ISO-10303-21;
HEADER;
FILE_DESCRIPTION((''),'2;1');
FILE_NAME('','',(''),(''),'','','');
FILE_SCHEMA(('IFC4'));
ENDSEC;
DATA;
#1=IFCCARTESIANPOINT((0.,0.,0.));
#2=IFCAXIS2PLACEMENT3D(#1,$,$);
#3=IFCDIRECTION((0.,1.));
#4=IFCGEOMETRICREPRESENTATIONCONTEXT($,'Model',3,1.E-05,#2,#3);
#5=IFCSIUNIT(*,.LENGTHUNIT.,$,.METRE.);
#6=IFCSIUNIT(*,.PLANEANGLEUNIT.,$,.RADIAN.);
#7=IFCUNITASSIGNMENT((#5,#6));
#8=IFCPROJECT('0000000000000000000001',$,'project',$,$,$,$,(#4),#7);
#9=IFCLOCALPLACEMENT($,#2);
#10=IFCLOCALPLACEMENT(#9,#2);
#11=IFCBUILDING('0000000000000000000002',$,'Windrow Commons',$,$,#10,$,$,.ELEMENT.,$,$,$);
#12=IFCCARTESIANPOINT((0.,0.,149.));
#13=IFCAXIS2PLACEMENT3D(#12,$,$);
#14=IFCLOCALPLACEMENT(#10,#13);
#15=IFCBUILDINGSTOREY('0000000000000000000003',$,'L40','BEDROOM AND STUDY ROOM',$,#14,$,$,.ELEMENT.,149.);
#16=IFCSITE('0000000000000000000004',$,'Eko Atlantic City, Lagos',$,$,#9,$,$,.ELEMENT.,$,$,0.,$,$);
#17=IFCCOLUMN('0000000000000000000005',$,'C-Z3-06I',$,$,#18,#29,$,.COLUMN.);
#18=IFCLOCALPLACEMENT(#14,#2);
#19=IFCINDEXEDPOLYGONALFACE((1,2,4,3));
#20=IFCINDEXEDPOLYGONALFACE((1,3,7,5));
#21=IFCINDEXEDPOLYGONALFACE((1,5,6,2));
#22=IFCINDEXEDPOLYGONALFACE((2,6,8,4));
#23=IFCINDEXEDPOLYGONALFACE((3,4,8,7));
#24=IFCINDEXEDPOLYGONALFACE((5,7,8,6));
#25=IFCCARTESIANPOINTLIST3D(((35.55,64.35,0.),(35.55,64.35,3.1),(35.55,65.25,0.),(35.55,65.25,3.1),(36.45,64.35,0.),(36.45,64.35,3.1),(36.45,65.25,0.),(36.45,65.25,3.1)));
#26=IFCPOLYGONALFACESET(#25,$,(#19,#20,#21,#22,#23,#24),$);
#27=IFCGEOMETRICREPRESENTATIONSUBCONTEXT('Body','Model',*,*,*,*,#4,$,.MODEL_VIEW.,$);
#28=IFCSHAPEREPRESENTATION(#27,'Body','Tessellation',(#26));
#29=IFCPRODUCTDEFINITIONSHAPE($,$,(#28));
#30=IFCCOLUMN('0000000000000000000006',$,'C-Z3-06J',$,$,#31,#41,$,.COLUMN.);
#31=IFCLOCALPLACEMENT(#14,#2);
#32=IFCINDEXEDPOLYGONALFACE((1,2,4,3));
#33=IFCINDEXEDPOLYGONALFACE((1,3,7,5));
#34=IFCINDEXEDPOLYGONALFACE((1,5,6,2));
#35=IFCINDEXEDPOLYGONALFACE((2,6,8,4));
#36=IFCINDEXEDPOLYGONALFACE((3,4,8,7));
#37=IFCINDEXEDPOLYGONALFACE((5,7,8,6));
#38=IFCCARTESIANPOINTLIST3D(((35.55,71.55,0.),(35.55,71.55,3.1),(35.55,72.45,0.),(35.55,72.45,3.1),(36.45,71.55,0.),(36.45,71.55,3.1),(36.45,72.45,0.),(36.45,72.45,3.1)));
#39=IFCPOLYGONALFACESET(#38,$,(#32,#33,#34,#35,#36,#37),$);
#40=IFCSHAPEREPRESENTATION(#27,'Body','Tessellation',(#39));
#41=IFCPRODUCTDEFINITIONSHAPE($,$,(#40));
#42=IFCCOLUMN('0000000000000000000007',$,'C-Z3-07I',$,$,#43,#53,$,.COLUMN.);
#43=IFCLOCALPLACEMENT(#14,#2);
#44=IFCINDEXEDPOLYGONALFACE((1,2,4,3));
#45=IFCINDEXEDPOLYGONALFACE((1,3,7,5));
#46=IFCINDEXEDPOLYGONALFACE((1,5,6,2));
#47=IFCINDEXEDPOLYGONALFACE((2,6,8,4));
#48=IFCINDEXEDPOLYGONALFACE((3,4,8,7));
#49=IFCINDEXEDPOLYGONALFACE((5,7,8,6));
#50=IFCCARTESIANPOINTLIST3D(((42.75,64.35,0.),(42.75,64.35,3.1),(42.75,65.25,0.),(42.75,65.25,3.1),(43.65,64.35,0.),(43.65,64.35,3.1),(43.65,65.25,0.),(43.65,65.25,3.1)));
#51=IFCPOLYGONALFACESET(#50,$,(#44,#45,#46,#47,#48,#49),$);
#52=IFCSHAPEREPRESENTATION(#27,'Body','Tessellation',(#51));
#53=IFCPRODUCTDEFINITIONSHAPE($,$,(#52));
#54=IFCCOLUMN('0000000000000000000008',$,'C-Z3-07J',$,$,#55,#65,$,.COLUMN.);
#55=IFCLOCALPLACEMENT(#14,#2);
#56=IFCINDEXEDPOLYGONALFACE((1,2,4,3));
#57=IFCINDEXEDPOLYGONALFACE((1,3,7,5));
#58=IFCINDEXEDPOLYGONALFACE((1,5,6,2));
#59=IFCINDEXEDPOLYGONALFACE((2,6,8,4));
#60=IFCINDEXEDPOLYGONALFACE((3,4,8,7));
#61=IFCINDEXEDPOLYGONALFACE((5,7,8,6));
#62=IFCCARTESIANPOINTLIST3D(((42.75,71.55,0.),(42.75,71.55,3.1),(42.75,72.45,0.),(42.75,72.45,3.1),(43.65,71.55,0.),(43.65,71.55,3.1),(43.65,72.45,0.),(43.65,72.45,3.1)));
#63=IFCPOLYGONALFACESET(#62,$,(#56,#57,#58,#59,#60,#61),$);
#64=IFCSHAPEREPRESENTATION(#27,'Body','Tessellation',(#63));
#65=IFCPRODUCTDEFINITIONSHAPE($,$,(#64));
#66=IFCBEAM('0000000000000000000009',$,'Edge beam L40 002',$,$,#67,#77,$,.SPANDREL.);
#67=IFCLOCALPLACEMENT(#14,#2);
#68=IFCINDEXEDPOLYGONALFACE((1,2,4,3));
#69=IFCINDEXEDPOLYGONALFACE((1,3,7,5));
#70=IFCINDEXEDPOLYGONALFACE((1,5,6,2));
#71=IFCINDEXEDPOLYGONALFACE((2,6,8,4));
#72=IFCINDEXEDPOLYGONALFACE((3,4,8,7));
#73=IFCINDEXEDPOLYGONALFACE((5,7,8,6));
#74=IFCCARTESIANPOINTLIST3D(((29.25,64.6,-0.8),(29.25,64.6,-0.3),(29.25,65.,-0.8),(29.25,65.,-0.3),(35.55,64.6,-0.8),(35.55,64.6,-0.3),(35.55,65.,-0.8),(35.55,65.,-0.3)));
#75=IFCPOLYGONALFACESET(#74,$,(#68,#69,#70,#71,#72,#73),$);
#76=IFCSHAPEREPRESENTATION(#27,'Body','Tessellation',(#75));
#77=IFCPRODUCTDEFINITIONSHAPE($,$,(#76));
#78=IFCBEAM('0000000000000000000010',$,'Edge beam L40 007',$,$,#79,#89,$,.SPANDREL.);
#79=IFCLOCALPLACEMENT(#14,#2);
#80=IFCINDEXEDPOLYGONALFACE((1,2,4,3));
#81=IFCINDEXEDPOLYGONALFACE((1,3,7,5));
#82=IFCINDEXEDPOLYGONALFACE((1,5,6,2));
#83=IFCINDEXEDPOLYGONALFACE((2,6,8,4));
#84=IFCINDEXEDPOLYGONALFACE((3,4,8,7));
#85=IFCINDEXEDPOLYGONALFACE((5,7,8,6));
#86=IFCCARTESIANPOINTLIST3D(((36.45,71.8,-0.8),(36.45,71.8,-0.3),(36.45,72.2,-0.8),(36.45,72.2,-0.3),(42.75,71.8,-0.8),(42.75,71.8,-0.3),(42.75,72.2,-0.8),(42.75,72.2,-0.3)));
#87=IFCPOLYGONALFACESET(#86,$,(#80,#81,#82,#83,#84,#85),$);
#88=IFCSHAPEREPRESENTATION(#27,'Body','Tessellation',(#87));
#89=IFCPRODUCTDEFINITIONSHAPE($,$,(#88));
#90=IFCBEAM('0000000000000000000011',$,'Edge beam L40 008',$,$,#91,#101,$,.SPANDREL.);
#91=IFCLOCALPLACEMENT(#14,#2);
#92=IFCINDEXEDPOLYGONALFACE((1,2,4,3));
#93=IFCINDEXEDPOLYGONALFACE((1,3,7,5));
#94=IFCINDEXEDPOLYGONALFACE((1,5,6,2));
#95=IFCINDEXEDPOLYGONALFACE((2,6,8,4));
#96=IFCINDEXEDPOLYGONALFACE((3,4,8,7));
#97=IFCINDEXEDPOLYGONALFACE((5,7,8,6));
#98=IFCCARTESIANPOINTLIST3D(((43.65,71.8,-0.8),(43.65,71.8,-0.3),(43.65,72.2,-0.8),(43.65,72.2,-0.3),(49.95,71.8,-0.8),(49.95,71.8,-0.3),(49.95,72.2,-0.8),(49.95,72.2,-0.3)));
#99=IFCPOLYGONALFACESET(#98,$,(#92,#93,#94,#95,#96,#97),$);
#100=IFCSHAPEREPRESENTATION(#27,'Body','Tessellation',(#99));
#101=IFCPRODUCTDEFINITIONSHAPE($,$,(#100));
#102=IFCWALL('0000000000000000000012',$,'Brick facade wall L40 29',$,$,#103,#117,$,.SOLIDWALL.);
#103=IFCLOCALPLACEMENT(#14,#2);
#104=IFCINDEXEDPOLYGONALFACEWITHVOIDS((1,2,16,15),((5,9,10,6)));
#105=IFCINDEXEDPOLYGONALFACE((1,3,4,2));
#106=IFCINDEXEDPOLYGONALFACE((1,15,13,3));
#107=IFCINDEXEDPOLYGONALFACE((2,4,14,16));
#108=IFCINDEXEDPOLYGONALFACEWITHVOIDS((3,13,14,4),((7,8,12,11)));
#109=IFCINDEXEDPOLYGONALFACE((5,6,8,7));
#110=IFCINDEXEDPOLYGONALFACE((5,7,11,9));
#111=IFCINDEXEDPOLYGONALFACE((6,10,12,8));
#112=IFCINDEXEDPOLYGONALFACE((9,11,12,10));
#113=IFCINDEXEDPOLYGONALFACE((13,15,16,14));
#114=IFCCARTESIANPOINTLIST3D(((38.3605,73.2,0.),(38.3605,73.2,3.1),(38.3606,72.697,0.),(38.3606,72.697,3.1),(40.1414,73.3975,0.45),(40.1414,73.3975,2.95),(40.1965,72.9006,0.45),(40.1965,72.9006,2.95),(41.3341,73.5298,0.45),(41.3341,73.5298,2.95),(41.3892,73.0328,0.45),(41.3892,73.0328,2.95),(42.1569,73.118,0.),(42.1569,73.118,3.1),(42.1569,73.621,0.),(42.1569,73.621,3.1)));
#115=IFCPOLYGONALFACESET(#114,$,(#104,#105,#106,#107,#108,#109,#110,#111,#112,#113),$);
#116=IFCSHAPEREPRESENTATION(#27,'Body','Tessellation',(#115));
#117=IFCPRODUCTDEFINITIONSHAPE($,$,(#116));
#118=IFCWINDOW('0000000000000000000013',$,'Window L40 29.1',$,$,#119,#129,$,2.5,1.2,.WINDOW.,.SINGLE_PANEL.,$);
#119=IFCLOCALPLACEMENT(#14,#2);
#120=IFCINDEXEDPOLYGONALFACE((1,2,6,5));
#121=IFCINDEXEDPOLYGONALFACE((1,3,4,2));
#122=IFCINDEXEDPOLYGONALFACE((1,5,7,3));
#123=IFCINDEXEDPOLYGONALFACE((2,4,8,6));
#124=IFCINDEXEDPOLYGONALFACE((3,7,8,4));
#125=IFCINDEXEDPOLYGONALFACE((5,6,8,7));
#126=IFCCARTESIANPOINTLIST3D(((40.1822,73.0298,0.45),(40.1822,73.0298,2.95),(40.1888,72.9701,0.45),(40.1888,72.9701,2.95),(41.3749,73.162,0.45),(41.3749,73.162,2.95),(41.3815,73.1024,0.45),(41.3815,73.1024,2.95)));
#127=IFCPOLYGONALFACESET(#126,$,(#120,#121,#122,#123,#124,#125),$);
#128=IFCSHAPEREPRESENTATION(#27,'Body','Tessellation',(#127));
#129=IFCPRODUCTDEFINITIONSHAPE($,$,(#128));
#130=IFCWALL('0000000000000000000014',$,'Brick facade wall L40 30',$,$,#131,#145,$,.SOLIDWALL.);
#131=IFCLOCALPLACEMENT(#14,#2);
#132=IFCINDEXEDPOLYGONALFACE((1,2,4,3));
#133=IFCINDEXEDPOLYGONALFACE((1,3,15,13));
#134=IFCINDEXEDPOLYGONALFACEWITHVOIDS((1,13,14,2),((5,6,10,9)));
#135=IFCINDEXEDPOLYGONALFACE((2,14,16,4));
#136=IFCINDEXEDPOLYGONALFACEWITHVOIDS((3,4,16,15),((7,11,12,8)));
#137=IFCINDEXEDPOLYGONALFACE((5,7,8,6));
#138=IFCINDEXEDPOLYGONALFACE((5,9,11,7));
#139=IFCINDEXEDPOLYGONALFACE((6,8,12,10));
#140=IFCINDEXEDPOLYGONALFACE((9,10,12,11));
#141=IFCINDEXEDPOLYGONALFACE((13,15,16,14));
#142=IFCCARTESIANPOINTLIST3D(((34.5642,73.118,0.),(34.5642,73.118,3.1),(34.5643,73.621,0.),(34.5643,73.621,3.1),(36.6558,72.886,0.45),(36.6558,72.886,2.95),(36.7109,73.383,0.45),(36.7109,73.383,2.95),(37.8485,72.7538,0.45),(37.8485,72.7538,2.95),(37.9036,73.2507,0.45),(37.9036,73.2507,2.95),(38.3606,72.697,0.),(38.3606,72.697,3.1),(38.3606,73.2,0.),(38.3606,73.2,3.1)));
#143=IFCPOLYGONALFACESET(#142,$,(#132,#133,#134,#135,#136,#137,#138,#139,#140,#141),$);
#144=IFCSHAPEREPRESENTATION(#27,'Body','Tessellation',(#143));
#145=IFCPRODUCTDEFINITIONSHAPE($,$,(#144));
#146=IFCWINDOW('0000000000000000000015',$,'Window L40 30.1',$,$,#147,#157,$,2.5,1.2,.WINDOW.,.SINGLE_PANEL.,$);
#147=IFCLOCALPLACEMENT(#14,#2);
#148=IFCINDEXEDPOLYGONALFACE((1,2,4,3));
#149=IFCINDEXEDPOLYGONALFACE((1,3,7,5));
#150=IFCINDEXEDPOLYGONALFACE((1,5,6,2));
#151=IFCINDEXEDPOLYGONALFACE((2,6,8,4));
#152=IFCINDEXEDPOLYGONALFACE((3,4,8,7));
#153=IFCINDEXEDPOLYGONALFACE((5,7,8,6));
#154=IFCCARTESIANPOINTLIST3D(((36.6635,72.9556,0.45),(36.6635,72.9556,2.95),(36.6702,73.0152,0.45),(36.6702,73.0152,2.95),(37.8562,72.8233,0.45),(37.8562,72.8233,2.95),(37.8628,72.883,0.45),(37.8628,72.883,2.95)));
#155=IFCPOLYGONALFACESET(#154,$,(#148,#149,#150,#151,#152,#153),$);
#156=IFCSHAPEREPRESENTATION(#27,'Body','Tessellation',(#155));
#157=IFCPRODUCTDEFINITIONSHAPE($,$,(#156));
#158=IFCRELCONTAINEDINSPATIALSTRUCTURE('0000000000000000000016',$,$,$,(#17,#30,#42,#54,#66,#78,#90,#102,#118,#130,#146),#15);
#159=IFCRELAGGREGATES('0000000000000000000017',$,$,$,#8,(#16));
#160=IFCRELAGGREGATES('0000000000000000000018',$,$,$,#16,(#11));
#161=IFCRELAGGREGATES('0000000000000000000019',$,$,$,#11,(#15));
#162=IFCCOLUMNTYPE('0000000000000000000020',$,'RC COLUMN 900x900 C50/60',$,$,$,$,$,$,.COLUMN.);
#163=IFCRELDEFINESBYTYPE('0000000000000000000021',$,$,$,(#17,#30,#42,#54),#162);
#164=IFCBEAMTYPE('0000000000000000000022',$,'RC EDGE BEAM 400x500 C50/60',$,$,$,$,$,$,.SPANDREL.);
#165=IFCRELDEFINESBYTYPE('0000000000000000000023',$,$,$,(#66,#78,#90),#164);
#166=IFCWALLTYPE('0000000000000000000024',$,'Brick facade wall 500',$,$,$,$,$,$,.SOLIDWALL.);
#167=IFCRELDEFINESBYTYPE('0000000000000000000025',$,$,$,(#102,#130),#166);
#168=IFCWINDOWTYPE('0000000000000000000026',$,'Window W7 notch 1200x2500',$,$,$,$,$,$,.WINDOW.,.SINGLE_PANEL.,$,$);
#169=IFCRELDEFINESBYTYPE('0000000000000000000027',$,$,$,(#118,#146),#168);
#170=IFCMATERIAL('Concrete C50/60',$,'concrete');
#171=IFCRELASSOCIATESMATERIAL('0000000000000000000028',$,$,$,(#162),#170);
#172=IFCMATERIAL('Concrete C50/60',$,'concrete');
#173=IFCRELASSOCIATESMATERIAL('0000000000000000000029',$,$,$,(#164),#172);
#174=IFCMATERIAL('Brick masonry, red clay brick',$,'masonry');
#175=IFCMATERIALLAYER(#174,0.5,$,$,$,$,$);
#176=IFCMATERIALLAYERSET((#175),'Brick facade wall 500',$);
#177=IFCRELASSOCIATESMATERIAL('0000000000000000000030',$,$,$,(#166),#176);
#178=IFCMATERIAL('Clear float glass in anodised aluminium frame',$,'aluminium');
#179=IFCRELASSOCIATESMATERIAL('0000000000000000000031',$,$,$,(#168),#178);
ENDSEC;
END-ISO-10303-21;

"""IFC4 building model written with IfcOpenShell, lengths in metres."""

from ifc_helpers import new_model, si_unit, direction, frame, frame_2d, origin, origin_2d, place, context, subcontext, project, spatial, polyline, rectangle, outline, extrude, material, layer, layer_set, material_profile, profile_set, type_object, element, fill, save


model = new_model("IFC4")

# Units and contexts
model_context = context("Model", 3, precision=1e-05, world=origin(), true_north=direction((0.0, 1.0)))
body_context = subcontext(model_context, "Body", "Model", "MODEL_VIEW")
ifc_project = project(units=[si_unit("LENGTHUNIT", "METRE"), si_unit("PLANEANGLEUNIT", "RADIAN")], contexts=[model_context])

# Site, building, storey
site_placement = place(None, origin())
site = spatial("IfcSite", under=ifc_project, at=site_placement, Name="Eko Atlantic City, Lagos", CompositionType="ELEMENT", RefElevation=0.0)
building_placement = place(site_placement, origin())
building = spatial("IfcBuilding", under=site, at=building_placement, Name="Windrow Commons", CompositionType="ELEMENT")
storey_placement = place(building_placement, frame((0.0, 0.0, 149.0)))
storey = spatial("IfcBuildingStorey", under=building, at=storey_placement, Name="L40", Description="BEDROOM AND STUDY ROOM", CompositionType="ELEMENT", Elevation=149.0)

# Columns
ifc_material_1 = material(Name="Concrete C50/60", Category="concrete")
ifc_material_profile_1 = material_profile(ifc_material_1, rectangle(XDim=0.9, YDim=0.9, at=origin_2d()))
ifc_profile_set_1 = profile_set([ifc_material_profile_1], Name="Concrete C50/60")
column_type = type_object("IfcColumnType", Name="RC COLUMN 900x900 C50/60", PredefinedType="COLUMN", material=ifc_profile_set_1)
for number, where, z_axis, x_axis, name in (
    (1, (36.0, 64.8, 0.0), (0.0, 0.0, 1.0), (1.0, 0.0, 0.0), "C-Z3-06I"),
    (2, (36.0, 72.0, 0.0), (0.0, 0.0, 1.0), (1.0, 0.0, 0.0), "C-Z3-06J"),
    (3, (43.2, 64.8, 0.0), (0.0, 0.0, 1.0), (1.0, 0.0, 0.0), "C-Z3-07I"),
    (4, (43.2, 72.0, 0.0), (0.0, 0.0, 1.0), (1.0, 0.0, 0.0), "C-Z3-07J"),
):
    element("IfcColumn", number, at=place(storey_placement, frame(where, z_axis=z_axis, x_axis=x_axis)), inside=storey, type_object=column_type, Name=name, PredefinedType="COLUMN", context=body_context, shape_type="SweptSolid", body=[
        extrude(rectangle(XDim=0.9, YDim=0.9, at=origin_2d()), origin(), (0.0, 0.0, 1.0), 3.1),
    ])

# Beams
ifc_material_2 = material(Name="Concrete C50/60", Category="concrete")
ifc_material_profile_2 = material_profile(ifc_material_2, rectangle(XDim=0.4, YDim=0.5, at=origin_2d()))
ifc_profile_set_2 = profile_set([ifc_material_profile_2], Name="Concrete C50/60")
beam_type = type_object("IfcBeamType", Name="RC EDGE BEAM 400x500 C50/60", PredefinedType="SPANDREL", material=ifc_profile_set_2)
for number, where, z_axis, x_axis, name in (
    (5, (35.55, 64.8, -0.55), (-1.0, 0.0, 0.0), (0.0, -1.0, 0.0), "Edge beam L40 002"),
    (6, (36.45, 72.0, -0.55), (1.0, 0.0, 0.0), (0.0, 1.0, 0.0), "Edge beam L40 007"),
    (7, (43.65, 72.0, -0.55), (1.0, 0.0, 0.0), (0.0, 1.0, 0.0), "Edge beam L40 008"),
):
    element("IfcBeam", number, at=place(storey_placement, frame(where, z_axis=z_axis, x_axis=x_axis)), inside=storey, type_object=beam_type, Name=name, PredefinedType="SPANDREL", context=body_context, shape_type="SweptSolid", body=[
        extrude(rectangle(XDim=0.4, YDim=0.5, at=origin_2d()), origin(), (0.0, 0.0, 1.0), 6.3),
    ])

# Walls, openings, windows
ifc_material_3 = material(Name="Brick masonry, red clay brick", Category="masonry")
ifc_layer_1 = layer(ifc_material_3, 0.5)
ifc_layer_set_1 = layer_set([ifc_layer_1], Name="Brick facade wall 500")
wall_type_1 = type_object("IfcWallType", Name="Brick facade wall 500", PredefinedType="SOLIDWALL", material=ifc_layer_set_1)
wall_1_placement = place(storey_placement, frame((42.1569, 73.3695, 0.0), z_axis=(0.0, 0.0, 1.0), x_axis=(-0.993907, -0.110222, 0.0)))
wall_1 = element("IfcWall", 8, at=wall_1_placement, inside=storey, type_object=wall_type_1, Name="Brick facade wall L40 29", PredefinedType="SOLIDWALL", context=body_context, shape_type="SweptSolid", body=[
    extrude(outline(polyline([(-0.0277, -0.25), (3.7919, -0.25), (3.8473, 0.25), (0.0277, 0.25), (-0.0277, -0.25)])), origin(), (0.0, 0.0, 1.0), 3.1),
])
opening_1_placement = place(wall_1_placement, frame((0.8001, 0.0, 0.45)))
opening_1 = element("IfcOpeningElement", 9, at=opening_1_placement, cuts=wall_1, PredefinedType="OPENING", context=body_context, shape_type="SweptSolid", body=[
    extrude(rectangle(XDim=1.2, YDim=2.5, at=frame_2d((0.6, 1.25))), frame((0.0, 0.26, 0.0), z_axis=(0.0, -1.0, 0.0), x_axis=(1.0, 0.0, 0.0)), (0.0, 0.0, 1.0), 0.52),
])
ifc_material_4 = material(Name="Clear float glass in anodised aluminium frame", Category="aluminium")
window_type = type_object("IfcWindowType", Name="Window W7 notch 1200x2500", PartitioningType="SINGLE_PANEL", PredefinedType="WINDOW", material=ifc_material_4)
window_1_placement = place(opening_1_placement, origin())
window_1 = element("IfcWindow", 10, at=window_1_placement, inside=storey, type_object=window_type, Name="Window L40 29.1", OverallHeight=2.5, OverallWidth=1.2, PartitioningType="SINGLE_PANEL", PredefinedType="WINDOW", context=body_context, shape_type="SweptSolid", body=[
    extrude(rectangle(XDim=1.2, YDim=2.5, at=frame_2d((0.6, 1.25))), frame((0.0, 0.18, 0.0), z_axis=(0.0, -1.0, 0.0), x_axis=(1.0, 0.0, 0.0)), (0.0, 0.0, 1.0), 0.06),
])
fill(opening_1, window_1)
wall_2_placement = place(storey_placement, frame((38.3606, 72.9485, 0.0), z_axis=(0.0, 0.0, 1.0), x_axis=(-0.993907, 0.110222, 0.0)))
wall_2 = element("IfcWall", 11, at=wall_2_placement, inside=storey, type_object=wall_type_1, Name="Brick facade wall L40 30", PredefinedType="SOLIDWALL", context=body_context, shape_type="SweptSolid", body=[
    extrude(outline(polyline([(0.0277, -0.25), (3.8473, -0.25), (3.7919, 0.25), (-0.0277, 0.25), (0.0277, -0.25)])), origin(), (0.0, 0.0, 1.0), 3.1),
])
opening_2_placement = place(wall_2_placement, frame((0.4875, 0.0, 0.45)))
opening_2 = element("IfcOpeningElement", 12, at=opening_2_placement, cuts=wall_2, PredefinedType="OPENING", context=body_context, shape_type="SweptSolid", body=[
    extrude(rectangle(XDim=1.2, YDim=2.5, at=frame_2d((0.6, 1.25))), frame((0.0, 0.26, 0.0), z_axis=(0.0, -1.0, 0.0), x_axis=(1.0, 0.0, 0.0)), (0.0, 0.0, 1.0), 0.52),
])
window_2_placement = place(opening_2_placement, origin())
window_2 = element("IfcWindow", 13, at=window_2_placement, inside=storey, type_object=window_type, Name="Window L40 30.1", OverallHeight=2.5, OverallWidth=1.2, PartitioningType="SINGLE_PANEL", PredefinedType="WINDOW", context=body_context, shape_type="SweptSolid", body=[
    extrude(rectangle(XDim=1.2, YDim=2.5, at=frame_2d((0.6, 1.25))), frame((0.0, 0.18, 0.0), z_axis=(0.0, -1.0, 0.0), x_axis=(1.0, 0.0, 0.0)), (0.0, 0.0, 1.0), 0.06),
])
fill(opening_2, window_2)

save(model, "model.ifc")
